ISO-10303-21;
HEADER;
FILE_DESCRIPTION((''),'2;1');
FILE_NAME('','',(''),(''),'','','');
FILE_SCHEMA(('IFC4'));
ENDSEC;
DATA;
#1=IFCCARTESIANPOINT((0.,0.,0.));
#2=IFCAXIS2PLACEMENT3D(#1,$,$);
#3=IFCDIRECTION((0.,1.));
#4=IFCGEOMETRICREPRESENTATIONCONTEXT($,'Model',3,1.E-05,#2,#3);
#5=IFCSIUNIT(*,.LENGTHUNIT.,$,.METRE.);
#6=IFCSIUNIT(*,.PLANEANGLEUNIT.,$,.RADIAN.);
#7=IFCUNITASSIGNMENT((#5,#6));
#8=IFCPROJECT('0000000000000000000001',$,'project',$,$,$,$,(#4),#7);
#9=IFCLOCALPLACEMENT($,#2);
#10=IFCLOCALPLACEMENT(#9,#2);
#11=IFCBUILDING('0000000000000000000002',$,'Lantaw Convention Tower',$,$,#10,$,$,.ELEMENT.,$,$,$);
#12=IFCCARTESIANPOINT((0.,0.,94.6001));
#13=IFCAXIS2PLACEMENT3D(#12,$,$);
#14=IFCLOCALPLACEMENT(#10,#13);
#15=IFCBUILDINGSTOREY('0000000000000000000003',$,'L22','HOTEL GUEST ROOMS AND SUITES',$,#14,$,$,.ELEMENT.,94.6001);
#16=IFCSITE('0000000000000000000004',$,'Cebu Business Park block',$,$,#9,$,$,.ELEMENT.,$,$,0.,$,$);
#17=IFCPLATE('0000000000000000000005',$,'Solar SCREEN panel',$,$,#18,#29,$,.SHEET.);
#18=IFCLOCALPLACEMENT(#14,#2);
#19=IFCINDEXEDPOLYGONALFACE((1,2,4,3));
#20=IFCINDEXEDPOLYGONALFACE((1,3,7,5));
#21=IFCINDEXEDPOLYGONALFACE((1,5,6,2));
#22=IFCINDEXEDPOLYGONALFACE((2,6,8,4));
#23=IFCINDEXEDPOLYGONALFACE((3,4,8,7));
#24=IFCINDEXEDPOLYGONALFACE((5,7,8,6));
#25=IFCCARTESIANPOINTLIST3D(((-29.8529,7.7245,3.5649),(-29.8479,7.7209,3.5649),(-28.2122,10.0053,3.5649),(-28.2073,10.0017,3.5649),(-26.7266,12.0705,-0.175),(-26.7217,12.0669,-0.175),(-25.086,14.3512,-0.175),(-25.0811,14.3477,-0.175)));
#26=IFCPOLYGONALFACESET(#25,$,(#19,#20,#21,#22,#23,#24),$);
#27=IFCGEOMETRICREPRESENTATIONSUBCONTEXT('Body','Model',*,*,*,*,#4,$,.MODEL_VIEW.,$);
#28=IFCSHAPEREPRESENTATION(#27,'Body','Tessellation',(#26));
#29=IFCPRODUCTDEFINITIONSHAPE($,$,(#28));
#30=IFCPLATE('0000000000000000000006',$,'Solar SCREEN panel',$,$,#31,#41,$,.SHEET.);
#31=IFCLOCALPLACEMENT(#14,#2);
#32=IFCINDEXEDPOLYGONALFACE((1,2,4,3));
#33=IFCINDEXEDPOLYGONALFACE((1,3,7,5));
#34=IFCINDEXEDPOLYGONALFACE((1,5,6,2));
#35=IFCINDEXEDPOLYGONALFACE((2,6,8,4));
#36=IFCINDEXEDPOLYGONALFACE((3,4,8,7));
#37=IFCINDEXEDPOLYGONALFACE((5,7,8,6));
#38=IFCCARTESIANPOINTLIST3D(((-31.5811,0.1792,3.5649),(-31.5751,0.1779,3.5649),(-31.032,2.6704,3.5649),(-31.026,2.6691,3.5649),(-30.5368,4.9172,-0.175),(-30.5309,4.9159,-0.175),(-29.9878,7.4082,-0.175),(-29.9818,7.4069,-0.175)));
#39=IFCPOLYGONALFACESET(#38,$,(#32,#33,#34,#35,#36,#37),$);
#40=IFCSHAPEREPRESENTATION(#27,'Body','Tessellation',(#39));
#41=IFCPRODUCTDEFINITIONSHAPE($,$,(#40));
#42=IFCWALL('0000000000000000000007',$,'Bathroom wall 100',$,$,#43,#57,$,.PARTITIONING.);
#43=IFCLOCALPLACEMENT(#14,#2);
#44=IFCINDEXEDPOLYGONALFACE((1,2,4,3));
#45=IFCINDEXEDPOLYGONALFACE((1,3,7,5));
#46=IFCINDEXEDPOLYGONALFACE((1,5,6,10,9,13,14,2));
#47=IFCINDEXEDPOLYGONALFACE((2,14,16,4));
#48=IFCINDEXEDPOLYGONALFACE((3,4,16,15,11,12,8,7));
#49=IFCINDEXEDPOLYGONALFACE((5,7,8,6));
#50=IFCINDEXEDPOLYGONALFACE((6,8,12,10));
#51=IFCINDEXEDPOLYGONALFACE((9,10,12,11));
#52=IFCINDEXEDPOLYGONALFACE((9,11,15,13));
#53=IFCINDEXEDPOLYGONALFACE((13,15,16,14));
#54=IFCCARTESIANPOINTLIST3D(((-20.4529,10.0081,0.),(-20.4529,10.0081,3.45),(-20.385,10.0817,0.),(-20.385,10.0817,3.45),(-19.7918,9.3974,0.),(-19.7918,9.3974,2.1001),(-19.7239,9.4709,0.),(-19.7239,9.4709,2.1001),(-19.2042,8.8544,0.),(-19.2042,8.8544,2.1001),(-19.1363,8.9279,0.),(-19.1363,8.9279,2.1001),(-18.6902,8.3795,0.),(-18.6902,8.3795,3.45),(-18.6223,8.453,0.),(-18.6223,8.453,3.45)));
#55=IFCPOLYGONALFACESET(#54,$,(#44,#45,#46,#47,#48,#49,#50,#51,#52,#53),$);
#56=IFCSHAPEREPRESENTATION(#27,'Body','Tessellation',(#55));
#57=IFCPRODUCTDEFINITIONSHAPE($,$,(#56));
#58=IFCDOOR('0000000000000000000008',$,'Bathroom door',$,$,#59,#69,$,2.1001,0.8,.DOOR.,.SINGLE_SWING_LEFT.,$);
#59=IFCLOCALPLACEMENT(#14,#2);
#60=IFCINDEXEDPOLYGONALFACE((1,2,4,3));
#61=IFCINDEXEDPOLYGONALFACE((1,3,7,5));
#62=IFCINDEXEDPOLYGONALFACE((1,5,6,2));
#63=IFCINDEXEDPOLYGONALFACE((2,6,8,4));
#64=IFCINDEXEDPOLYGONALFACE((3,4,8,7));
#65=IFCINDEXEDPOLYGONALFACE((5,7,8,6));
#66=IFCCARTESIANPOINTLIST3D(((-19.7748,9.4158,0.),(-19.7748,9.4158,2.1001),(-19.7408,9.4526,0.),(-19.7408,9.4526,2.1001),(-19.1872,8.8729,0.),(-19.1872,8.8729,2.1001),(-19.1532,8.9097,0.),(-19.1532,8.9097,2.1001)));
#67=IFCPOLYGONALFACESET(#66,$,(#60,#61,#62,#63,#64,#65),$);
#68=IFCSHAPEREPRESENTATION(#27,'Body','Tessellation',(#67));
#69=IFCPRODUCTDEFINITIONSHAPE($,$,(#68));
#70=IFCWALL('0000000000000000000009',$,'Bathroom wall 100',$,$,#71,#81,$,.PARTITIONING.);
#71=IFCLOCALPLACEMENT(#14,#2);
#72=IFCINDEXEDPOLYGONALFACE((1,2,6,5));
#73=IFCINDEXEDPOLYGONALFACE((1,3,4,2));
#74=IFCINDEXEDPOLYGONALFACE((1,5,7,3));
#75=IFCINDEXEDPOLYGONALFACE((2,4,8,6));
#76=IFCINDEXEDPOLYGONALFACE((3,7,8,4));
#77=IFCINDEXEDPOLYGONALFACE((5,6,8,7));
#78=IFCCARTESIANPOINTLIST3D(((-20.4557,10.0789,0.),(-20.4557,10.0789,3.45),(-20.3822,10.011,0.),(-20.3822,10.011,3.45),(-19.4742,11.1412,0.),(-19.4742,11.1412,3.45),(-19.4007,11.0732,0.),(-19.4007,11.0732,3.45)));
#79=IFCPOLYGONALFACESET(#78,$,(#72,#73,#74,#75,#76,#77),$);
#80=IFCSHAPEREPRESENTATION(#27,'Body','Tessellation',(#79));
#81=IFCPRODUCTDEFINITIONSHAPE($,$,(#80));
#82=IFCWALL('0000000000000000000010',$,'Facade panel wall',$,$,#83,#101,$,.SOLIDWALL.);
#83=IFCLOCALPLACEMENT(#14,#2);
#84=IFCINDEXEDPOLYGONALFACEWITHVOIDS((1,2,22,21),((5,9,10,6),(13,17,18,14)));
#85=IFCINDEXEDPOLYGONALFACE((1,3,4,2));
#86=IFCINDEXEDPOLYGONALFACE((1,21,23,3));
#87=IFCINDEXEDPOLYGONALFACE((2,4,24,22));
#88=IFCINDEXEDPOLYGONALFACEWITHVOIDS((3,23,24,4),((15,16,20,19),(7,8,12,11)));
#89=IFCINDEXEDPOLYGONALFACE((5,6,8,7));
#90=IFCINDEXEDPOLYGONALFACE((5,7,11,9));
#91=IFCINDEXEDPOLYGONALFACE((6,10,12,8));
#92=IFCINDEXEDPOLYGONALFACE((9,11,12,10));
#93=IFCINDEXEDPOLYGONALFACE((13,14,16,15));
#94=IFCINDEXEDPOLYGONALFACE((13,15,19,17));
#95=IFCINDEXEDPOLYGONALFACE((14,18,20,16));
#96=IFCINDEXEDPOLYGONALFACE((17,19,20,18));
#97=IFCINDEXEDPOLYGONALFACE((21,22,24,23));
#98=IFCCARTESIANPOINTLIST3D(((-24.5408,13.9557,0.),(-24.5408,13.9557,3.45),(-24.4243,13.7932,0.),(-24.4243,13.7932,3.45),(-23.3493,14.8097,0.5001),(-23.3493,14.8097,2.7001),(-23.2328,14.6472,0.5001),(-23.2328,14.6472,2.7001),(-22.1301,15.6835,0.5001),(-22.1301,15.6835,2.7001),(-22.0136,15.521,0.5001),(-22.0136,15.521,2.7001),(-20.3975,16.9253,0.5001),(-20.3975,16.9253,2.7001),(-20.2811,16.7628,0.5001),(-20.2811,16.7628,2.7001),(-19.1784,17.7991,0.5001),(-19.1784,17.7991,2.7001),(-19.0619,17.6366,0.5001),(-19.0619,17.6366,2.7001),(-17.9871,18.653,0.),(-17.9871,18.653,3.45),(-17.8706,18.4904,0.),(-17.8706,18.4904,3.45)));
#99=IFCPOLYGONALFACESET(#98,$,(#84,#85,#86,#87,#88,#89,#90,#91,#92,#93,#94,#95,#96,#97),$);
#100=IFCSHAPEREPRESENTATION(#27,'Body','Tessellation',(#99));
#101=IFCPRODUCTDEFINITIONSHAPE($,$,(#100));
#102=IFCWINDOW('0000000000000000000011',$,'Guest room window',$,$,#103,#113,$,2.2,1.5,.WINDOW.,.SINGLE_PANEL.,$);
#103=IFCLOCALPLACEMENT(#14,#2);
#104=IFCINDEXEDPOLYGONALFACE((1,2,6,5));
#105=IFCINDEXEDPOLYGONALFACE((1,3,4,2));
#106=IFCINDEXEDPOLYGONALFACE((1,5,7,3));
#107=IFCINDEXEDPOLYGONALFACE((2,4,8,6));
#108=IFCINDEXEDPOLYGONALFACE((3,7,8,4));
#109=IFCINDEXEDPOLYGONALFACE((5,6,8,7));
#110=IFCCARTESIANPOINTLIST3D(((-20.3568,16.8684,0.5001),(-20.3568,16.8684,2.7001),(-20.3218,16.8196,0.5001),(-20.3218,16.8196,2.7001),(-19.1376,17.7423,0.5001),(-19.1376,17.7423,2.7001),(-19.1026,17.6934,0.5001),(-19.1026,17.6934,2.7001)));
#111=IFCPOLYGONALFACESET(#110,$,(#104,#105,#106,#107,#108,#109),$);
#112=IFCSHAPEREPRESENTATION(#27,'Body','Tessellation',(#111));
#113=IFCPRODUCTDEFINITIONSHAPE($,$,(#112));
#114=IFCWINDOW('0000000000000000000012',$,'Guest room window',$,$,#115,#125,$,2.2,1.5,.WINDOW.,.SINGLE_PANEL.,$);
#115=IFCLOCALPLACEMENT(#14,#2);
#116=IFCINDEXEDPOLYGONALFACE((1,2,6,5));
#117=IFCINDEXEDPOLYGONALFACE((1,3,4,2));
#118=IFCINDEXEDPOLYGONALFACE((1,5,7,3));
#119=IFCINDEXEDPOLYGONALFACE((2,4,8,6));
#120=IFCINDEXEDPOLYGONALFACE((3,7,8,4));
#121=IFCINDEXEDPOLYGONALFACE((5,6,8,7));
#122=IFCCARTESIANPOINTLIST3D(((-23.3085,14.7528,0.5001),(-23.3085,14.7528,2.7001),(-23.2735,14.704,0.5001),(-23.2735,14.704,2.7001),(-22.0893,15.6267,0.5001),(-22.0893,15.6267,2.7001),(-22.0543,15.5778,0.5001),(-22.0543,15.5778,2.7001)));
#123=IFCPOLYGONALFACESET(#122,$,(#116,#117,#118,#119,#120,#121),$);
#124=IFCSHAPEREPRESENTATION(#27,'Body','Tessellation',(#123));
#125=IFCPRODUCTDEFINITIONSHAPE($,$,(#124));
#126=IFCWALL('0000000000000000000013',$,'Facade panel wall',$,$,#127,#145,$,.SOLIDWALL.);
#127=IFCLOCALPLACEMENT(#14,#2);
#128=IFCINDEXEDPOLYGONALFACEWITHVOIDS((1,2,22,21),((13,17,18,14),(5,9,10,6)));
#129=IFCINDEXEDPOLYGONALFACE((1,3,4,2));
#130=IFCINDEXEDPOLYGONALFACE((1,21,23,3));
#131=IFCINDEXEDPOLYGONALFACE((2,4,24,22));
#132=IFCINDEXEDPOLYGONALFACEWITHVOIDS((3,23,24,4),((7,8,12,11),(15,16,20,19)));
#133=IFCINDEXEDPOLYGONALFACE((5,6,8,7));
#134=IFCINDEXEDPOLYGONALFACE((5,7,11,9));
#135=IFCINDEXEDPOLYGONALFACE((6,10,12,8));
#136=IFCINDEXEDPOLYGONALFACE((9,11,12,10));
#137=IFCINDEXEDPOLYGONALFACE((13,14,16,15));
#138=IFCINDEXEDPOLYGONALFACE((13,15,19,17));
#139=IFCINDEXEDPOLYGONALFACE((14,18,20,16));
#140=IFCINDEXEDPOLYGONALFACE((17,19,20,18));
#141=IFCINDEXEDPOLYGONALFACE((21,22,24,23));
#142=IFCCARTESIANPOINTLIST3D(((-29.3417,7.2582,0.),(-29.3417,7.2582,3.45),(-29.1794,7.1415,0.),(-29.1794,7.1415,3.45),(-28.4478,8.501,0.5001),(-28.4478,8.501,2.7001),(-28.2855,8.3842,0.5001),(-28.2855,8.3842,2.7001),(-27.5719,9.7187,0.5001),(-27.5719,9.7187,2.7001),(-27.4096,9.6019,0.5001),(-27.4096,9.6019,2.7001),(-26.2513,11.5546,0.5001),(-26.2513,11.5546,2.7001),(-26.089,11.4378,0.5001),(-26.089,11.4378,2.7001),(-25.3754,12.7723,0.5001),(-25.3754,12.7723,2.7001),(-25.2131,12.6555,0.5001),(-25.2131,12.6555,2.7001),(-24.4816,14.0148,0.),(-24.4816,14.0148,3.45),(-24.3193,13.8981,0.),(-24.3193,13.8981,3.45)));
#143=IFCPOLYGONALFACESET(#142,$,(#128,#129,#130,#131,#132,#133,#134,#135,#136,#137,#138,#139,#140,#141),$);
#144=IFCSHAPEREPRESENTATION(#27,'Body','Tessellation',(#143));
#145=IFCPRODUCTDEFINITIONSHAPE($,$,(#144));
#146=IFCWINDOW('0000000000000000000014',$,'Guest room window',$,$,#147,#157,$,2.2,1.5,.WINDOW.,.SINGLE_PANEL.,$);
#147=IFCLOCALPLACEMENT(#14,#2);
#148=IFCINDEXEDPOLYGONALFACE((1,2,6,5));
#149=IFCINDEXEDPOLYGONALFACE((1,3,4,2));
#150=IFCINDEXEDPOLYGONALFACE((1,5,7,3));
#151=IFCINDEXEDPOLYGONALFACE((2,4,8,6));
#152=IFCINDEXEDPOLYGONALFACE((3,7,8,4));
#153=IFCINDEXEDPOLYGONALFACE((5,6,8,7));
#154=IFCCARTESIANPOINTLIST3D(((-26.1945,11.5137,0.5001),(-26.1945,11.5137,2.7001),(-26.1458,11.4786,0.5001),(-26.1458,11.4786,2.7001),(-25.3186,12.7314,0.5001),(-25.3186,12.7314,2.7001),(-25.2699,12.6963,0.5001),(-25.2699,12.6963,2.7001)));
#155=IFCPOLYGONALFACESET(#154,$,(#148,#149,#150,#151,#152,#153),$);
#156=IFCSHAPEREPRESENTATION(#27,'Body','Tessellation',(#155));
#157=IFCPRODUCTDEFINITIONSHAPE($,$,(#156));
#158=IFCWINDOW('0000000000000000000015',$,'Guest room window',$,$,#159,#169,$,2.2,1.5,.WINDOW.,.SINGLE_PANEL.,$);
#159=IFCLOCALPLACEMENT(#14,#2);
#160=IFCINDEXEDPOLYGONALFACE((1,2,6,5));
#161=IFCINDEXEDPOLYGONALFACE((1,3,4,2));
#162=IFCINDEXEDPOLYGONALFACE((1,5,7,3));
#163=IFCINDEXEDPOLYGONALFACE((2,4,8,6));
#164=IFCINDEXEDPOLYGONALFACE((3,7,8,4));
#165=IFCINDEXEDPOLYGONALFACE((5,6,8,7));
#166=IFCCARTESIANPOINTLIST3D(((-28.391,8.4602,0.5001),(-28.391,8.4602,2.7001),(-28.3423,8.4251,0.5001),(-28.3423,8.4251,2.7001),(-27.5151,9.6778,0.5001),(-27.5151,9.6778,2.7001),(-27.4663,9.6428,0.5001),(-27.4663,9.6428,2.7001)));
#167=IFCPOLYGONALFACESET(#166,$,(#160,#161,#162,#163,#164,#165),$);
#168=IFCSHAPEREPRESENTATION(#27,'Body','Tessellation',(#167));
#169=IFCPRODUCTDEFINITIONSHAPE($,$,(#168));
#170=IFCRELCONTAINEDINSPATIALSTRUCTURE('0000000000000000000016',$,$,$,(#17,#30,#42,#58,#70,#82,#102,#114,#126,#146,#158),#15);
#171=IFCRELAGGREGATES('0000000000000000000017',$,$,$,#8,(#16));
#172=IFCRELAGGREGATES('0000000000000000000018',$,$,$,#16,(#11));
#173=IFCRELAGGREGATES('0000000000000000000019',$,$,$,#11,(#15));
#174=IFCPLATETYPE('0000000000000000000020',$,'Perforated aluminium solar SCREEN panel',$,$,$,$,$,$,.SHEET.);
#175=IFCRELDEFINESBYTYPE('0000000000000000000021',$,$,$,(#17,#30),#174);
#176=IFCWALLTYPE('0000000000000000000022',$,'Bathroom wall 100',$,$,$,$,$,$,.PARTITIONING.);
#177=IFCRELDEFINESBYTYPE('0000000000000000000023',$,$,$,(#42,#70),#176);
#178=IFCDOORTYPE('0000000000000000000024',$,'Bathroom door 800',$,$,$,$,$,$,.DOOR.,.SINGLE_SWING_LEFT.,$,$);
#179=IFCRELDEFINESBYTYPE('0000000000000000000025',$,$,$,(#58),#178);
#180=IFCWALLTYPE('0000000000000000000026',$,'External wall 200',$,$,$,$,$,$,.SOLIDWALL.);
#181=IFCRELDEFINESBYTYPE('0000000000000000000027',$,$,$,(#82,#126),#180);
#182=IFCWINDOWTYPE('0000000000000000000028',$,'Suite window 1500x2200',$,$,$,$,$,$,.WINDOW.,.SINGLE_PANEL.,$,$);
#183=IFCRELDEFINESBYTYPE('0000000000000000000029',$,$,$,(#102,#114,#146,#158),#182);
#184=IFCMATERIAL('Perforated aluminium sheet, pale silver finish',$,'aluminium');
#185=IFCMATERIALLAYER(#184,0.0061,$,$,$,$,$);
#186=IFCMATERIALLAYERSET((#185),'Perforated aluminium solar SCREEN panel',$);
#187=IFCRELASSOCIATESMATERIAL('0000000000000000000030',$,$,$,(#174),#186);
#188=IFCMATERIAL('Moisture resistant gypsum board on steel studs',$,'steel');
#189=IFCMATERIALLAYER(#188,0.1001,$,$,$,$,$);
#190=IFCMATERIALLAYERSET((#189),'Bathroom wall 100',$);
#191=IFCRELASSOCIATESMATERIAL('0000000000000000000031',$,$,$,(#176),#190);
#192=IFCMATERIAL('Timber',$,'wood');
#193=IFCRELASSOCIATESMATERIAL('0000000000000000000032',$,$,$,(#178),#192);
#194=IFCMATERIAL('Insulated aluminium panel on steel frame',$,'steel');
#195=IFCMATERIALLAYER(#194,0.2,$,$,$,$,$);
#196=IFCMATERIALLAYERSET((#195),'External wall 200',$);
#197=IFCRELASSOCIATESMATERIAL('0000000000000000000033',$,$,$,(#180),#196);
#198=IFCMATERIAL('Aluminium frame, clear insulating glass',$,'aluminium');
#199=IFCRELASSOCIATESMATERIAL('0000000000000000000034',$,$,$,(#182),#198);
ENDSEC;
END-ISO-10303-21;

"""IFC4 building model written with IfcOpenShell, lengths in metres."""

from ifc_helpers import new_model, si_unit, direction, frame, frame_2d, origin, place, context, subcontext, project, spatial, polyline, rectangle, outline, extrude, material, layer, layer_set, type_object, element, fill, save


model = new_model("IFC4")

# Units and contexts
model_context = context("Model", 3, precision=1e-05, world=origin(), true_north=direction((0.0, 1.0)))
body_context = subcontext(model_context, "Body", "Model", "MODEL_VIEW")
ifc_project = project(units=[si_unit("LENGTHUNIT", "METRE"), si_unit("PLANEANGLEUNIT", "RADIAN")], contexts=[model_context])

# Site, building, storey
site_placement = place(None, origin())
site = spatial("IfcSite", under=ifc_project, at=site_placement, Name="Cebu Business Park block", CompositionType="ELEMENT", RefElevation=0.0)
building_placement = place(site_placement, origin())
building = spatial("IfcBuilding", under=site, at=building_placement, Name="Lantaw Convention Tower", CompositionType="ELEMENT")
storey_placement = place(building_placement, frame((0.0, 0.0, 94.6001)))
storey = spatial("IfcBuildingStorey", under=building, at=storey_placement, Name="L22", Description="HOTEL GUEST ROOMS AND SUITES", CompositionType="ELEMENT", Elevation=94.6001)

# Plates
ifc_material_1 = material(Name="Perforated aluminium sheet, pale silver finish", Category="aluminium")
ifc_layer_1 = layer(ifc_material_1, 0.0061)
ifc_layer_set_1 = layer_set([ifc_layer_1], Name="Perforated aluminium solar SCREEN panel")
plate_type = type_object("IfcPlateType", Name="Perforated aluminium solar SCREEN panel", PredefinedType="SHEET", material=ifc_layer_set_1)
plate_1_placement = place(storey_placement, frame((-25.0811, 14.3477, -0.175), z_axis=(0.811791, -0.583948, 0.000009), x_axis=(-0.583948, -0.811791, 0.0)))
element("IfcPlate", 1, at=plate_1_placement, inside=storey, type_object=plate_type, Name="Solar SCREEN panel", PredefinedType="SHEET", context=body_context, shape_type="SweptSolid", body=[
    extrude(outline(polyline([(0.0, 0.0), (2.8095, 0.0), (8.1631, -3.74), (5.3536, -3.74), (0.0, 0.0)])), origin(), (0.0, 0.0, -1.0), 0.0061),
])
plate_2_placement = place(storey_placement, frame((-29.9878, 7.4082, -0.175), z_axis=(-0.976559, 0.215248, 0.00003), x_axis=(-0.215248, -0.976559, 0.0)))
element("IfcPlate", 2, at=plate_2_placement, inside=storey, type_object=plate_type, Name="Solar SCREEN panel", PredefinedType="SHEET", context=body_context, shape_type="SweptSolid", body=[
    extrude(outline(polyline([(0.0, 0.0), (2.5508, 0.0), (7.4025, 3.74), (4.8515, 3.74), (0.0, 0.0)])), origin(), (0.0, 0.0, -1.0), 0.0061),
])

# Wall, opening, door
ifc_material_2 = material(Name="Moisture resistant gypsum board on steel studs", Category="steel")
ifc_layer_2 = layer(ifc_material_2, 0.1001)
ifc_layer_set_2 = layer_set([ifc_layer_2], Name="Bathroom wall 100")
wall_type_1 = type_object("IfcWallType", Name="Bathroom wall 100", PredefinedType="PARTITIONING", material=ifc_layer_set_2)
wall_1_placement = place(storey_placement, frame((-18.6562, 8.4163, 0.0), z_axis=(0.0, 0.0, 1.0), x_axis=(-0.73448, 0.678631, 0.0)))
wall_1 = element("IfcWall", 3, at=wall_1_placement, inside=storey, type_object=wall_type_1, Name="Bathroom wall 100", PredefinedType="PARTITIONING", context=body_context, shape_type="SweptSolid", body=[
    extrude(rectangle(XDim=2.3999, YDim=0.1001, at=frame_2d((1.2, 0.0))), origin(), (0.0, 0.0, 1.0), 3.45),
])
opening_1_placement = place(wall_1_placement, frame((0.7, 0.0, 0.0)))
opening_1 = element("IfcOpeningElement", 4, at=opening_1_placement, cuts=wall_1, PredefinedType="OPENING", context=body_context, shape_type="SweptSolid", body=[
    extrude(rectangle(XDim=0.8, YDim=2.1001, at=frame_2d((0.3999, 1.05))), frame((0.0, 0.0601, 0.0), z_axis=(0.0, -1.0, 0.0), x_axis=(1.0, 0.0, 0.0)), (0.0, 0.0, 1.0), 0.1201),
])
ifc_material_3 = material(Name="Timber", Category="wood")
door_type = type_object("IfcDoorType", Name="Bathroom door 800", OperationType="SINGLE_SWING_LEFT", PredefinedType="DOOR", material=ifc_material_3)
door_placement = place(opening_1_placement, origin())
door = element("IfcDoor", 5, at=door_placement, inside=storey, type_object=door_type, Name="Bathroom door", OperationType="SINGLE_SWING_LEFT", OverallHeight=2.1001, OverallWidth=0.8, PredefinedType="DOOR", context=body_context, shape_type="SweptSolid", body=[
    extrude(rectangle(XDim=0.8, YDim=2.1001, at=frame_2d((0.3999, 1.05))), frame((0.0, 0.0249, 0.0), z_axis=(0.0, -1.0, 0.0), x_axis=(1.0, 0.0, 0.0)), (0.0, 0.0, 1.0), 0.05),
])
fill(opening_1, door)

# Wall
wall_2_placement = place(storey_placement, frame((-20.4189, 10.0449, 0.0), z_axis=(0.0, 0.0, 1.0), x_axis=(0.678617, 0.734493, 0.0)))
element("IfcWall", 6, at=wall_2_placement, inside=storey, type_object=wall_type_1, Name="Bathroom wall 100", PredefinedType="PARTITIONING", context=body_context, shape_type="SweptSolid", body=[
    extrude(rectangle(XDim=1.4463, YDim=0.1001, at=frame_2d((0.7231, 0.0))), origin(), (0.0, 0.0, 1.0), 3.45),
])

# Walls, openings, windows
ifc_material_4 = material(Name="Insulated aluminium panel on steel frame", Category="steel")
ifc_layer_3 = layer(ifc_material_4, 0.2)
ifc_layer_set_3 = layer_set([ifc_layer_3], Name="External wall 200")
wall_type_2 = type_object("IfcWallType", Name="External wall 200", PredefinedType="SOLIDWALL", material=ifc_layer_set_3)
wall_3_placement = place(storey_placement, frame((-17.9287, 18.5718, 0.0), z_axis=(0.0, 0.0, 1.0), x_axis=(-0.812791, -0.582555, 0.0)))
wall_3 = element("IfcWall", 7, at=wall_3_placement, inside=storey, type_object=wall_type_2, Name="Facade panel wall", PredefinedType="SOLIDWALL", context=body_context, shape_type="SweptSolid", body=[
    extrude(rectangle(XDim=8.0632, YDim=0.2, at=frame_2d((4.0317, 0.0))), origin(), (0.0, 0.0, 1.0), 3.45),
])
opening_2_placement = place(wall_3_placement, frame((1.4658, 0.0, 0.5)))
opening_2 = element("IfcOpeningElement", 8, at=opening_2_placement, cuts=wall_3, PredefinedType="OPENING", context=body_context, shape_type="SweptSolid", body=[
    extrude(rectangle(XDim=1.5, YDim=2.2, at=frame_2d((0.75, 1.1001))), frame((0.0, 0.1099, 0.0), z_axis=(0.0, -1.0, 0.0), x_axis=(1.0, 0.0, 0.0)), (0.0, 0.0, 1.0), 0.22),
])
opening_3_placement = place(wall_3_placement, frame((5.0974, 0.0, 0.5)))
opening_3 = element("IfcOpeningElement", 9, at=opening_3_placement, cuts=wall_3, PredefinedType="OPENING", context=body_context, shape_type="SweptSolid", body=[
    extrude(rectangle(XDim=1.5, YDim=2.2, at=frame_2d((0.75, 1.1001))), frame((0.0, 0.1099, 0.0), z_axis=(0.0, -1.0, 0.0), x_axis=(1.0, 0.0, 0.0)), (0.0, 0.0, 1.0), 0.22),
])
ifc_material_5 = material(Name="Aluminium frame, clear insulating glass", Category="aluminium")
window_type = type_object("IfcWindowType", Name="Suite window 1500x2200", PartitioningType="SINGLE_PANEL", PredefinedType="WINDOW", material=ifc_material_5)
window_1_placement = place(opening_2_placement, origin())
window_1 = element("IfcWindow", 10, at=window_1_placement, inside=storey, type_object=window_type, Name="Guest room window", OverallHeight=2.2, OverallWidth=1.5, PartitioningType="SINGLE_PANEL", PredefinedType="WINDOW", context=body_context, shape_type="SweptSolid", body=[
    extrude(rectangle(XDim=1.5, YDim=2.2, at=frame_2d((0.75, 1.1001))), frame((0.0, 0.03, 0.0), z_axis=(0.0, -1.0, 0.0), x_axis=(1.0, 0.0, 0.0)), (0.0, 0.0, 1.0), 0.0601),
])
fill(opening_2, window_1)
window_2_placement = place(opening_3_placement, origin())
window_2 = element("IfcWindow", 11, at=window_2_placement, inside=storey, type_object=window_type, Name="Guest room window", OverallHeight=2.2, OverallWidth=1.5, PartitioningType="SINGLE_PANEL", PredefinedType="WINDOW", context=body_context, shape_type="SweptSolid", body=[
    extrude(rectangle(XDim=1.5, YDim=2.2, at=frame_2d((0.75, 1.1001))), frame((0.0, 0.03, 0.0), z_axis=(0.0, -1.0, 0.0), x_axis=(1.0, 0.0, 0.0)), (0.0, 0.0, 1.0), 0.0601),
])
fill(opening_3, window_2)
wall_4_placement = place(storey_placement, frame((-24.4004, 13.9565, 0.0), z_axis=(0.0, 0.0, 1.0), x_axis=(-0.583938, -0.811799, 0.0)))
wall_4 = element("IfcWall", 12, at=wall_4_placement, inside=storey, type_object=wall_type_2, Name="Facade panel wall", PredefinedType="SOLIDWALL", context=body_context, shape_type="SweptSolid", body=[
    extrude(rectangle(XDim=8.323, YDim=0.2, at=frame_2d((4.1616, 0.0))), origin(), (0.0, 0.0, 1.0), 3.45),
])
opening_4_placement = place(wall_4_placement, frame((1.5308, 0.0, 0.5)))
opening_4 = element("IfcOpeningElement", 13, at=opening_4_placement, cuts=wall_4, PredefinedType="OPENING", context=body_context, shape_type="SweptSolid", body=[
    extrude(rectangle(XDim=1.5, YDim=2.2, at=frame_2d((0.75, 1.1001))), frame((0.0, 0.1099, 0.0), z_axis=(0.0, -1.0, 0.0), x_axis=(1.0, 0.0, 0.0)), (0.0, 0.0, 1.0), 0.22),
])
opening_5_placement = place(wall_4_placement, frame((5.2922, 0.0, 0.5)))
opening_5 = element("IfcOpeningElement", 14, at=opening_5_placement, cuts=wall_4, PredefinedType="OPENING", context=body_context, shape_type="SweptSolid", body=[
    extrude(rectangle(XDim=1.5, YDim=2.2, at=frame_2d((0.75, 1.1001))), frame((0.0, 0.1099, 0.0), z_axis=(0.0, -1.0, 0.0), x_axis=(1.0, 0.0, 0.0)), (0.0, 0.0, 1.0), 0.22),
])
window_3_placement = place(opening_4_placement, origin())
window_3 = element("IfcWindow", 15, at=window_3_placement, inside=storey, type_object=window_type, Name="Guest room window", OverallHeight=2.2, OverallWidth=1.5, PartitioningType="SINGLE_PANEL", PredefinedType="WINDOW", context=body_context, shape_type="SweptSolid", body=[
    extrude(rectangle(XDim=1.5, YDim=2.2, at=frame_2d((0.75, 1.1001))), frame((0.0, 0.03, 0.0), z_axis=(0.0, -1.0, 0.0), x_axis=(1.0, 0.0, 0.0)), (0.0, 0.0, 1.0), 0.0601),
])
fill(opening_4, window_3)
window_4_placement = place(opening_5_placement, origin())
window_4 = element("IfcWindow", 16, at=window_4_placement, inside=storey, type_object=window_type, Name="Guest room window", OverallHeight=2.2, OverallWidth=1.5, PartitioningType="SINGLE_PANEL", PredefinedType="WINDOW", context=body_context, shape_type="SweptSolid", body=[
    extrude(rectangle(XDim=1.5, YDim=2.2, at=frame_2d((0.75, 1.1001))), frame((0.0, 0.03, 0.0), z_axis=(0.0, -1.0, 0.0), x_axis=(1.0, 0.0, 0.0)), (0.0, 0.0, 1.0), 0.0601),
])
fill(opening_5, window_4)

save(model, "model.ifc")
